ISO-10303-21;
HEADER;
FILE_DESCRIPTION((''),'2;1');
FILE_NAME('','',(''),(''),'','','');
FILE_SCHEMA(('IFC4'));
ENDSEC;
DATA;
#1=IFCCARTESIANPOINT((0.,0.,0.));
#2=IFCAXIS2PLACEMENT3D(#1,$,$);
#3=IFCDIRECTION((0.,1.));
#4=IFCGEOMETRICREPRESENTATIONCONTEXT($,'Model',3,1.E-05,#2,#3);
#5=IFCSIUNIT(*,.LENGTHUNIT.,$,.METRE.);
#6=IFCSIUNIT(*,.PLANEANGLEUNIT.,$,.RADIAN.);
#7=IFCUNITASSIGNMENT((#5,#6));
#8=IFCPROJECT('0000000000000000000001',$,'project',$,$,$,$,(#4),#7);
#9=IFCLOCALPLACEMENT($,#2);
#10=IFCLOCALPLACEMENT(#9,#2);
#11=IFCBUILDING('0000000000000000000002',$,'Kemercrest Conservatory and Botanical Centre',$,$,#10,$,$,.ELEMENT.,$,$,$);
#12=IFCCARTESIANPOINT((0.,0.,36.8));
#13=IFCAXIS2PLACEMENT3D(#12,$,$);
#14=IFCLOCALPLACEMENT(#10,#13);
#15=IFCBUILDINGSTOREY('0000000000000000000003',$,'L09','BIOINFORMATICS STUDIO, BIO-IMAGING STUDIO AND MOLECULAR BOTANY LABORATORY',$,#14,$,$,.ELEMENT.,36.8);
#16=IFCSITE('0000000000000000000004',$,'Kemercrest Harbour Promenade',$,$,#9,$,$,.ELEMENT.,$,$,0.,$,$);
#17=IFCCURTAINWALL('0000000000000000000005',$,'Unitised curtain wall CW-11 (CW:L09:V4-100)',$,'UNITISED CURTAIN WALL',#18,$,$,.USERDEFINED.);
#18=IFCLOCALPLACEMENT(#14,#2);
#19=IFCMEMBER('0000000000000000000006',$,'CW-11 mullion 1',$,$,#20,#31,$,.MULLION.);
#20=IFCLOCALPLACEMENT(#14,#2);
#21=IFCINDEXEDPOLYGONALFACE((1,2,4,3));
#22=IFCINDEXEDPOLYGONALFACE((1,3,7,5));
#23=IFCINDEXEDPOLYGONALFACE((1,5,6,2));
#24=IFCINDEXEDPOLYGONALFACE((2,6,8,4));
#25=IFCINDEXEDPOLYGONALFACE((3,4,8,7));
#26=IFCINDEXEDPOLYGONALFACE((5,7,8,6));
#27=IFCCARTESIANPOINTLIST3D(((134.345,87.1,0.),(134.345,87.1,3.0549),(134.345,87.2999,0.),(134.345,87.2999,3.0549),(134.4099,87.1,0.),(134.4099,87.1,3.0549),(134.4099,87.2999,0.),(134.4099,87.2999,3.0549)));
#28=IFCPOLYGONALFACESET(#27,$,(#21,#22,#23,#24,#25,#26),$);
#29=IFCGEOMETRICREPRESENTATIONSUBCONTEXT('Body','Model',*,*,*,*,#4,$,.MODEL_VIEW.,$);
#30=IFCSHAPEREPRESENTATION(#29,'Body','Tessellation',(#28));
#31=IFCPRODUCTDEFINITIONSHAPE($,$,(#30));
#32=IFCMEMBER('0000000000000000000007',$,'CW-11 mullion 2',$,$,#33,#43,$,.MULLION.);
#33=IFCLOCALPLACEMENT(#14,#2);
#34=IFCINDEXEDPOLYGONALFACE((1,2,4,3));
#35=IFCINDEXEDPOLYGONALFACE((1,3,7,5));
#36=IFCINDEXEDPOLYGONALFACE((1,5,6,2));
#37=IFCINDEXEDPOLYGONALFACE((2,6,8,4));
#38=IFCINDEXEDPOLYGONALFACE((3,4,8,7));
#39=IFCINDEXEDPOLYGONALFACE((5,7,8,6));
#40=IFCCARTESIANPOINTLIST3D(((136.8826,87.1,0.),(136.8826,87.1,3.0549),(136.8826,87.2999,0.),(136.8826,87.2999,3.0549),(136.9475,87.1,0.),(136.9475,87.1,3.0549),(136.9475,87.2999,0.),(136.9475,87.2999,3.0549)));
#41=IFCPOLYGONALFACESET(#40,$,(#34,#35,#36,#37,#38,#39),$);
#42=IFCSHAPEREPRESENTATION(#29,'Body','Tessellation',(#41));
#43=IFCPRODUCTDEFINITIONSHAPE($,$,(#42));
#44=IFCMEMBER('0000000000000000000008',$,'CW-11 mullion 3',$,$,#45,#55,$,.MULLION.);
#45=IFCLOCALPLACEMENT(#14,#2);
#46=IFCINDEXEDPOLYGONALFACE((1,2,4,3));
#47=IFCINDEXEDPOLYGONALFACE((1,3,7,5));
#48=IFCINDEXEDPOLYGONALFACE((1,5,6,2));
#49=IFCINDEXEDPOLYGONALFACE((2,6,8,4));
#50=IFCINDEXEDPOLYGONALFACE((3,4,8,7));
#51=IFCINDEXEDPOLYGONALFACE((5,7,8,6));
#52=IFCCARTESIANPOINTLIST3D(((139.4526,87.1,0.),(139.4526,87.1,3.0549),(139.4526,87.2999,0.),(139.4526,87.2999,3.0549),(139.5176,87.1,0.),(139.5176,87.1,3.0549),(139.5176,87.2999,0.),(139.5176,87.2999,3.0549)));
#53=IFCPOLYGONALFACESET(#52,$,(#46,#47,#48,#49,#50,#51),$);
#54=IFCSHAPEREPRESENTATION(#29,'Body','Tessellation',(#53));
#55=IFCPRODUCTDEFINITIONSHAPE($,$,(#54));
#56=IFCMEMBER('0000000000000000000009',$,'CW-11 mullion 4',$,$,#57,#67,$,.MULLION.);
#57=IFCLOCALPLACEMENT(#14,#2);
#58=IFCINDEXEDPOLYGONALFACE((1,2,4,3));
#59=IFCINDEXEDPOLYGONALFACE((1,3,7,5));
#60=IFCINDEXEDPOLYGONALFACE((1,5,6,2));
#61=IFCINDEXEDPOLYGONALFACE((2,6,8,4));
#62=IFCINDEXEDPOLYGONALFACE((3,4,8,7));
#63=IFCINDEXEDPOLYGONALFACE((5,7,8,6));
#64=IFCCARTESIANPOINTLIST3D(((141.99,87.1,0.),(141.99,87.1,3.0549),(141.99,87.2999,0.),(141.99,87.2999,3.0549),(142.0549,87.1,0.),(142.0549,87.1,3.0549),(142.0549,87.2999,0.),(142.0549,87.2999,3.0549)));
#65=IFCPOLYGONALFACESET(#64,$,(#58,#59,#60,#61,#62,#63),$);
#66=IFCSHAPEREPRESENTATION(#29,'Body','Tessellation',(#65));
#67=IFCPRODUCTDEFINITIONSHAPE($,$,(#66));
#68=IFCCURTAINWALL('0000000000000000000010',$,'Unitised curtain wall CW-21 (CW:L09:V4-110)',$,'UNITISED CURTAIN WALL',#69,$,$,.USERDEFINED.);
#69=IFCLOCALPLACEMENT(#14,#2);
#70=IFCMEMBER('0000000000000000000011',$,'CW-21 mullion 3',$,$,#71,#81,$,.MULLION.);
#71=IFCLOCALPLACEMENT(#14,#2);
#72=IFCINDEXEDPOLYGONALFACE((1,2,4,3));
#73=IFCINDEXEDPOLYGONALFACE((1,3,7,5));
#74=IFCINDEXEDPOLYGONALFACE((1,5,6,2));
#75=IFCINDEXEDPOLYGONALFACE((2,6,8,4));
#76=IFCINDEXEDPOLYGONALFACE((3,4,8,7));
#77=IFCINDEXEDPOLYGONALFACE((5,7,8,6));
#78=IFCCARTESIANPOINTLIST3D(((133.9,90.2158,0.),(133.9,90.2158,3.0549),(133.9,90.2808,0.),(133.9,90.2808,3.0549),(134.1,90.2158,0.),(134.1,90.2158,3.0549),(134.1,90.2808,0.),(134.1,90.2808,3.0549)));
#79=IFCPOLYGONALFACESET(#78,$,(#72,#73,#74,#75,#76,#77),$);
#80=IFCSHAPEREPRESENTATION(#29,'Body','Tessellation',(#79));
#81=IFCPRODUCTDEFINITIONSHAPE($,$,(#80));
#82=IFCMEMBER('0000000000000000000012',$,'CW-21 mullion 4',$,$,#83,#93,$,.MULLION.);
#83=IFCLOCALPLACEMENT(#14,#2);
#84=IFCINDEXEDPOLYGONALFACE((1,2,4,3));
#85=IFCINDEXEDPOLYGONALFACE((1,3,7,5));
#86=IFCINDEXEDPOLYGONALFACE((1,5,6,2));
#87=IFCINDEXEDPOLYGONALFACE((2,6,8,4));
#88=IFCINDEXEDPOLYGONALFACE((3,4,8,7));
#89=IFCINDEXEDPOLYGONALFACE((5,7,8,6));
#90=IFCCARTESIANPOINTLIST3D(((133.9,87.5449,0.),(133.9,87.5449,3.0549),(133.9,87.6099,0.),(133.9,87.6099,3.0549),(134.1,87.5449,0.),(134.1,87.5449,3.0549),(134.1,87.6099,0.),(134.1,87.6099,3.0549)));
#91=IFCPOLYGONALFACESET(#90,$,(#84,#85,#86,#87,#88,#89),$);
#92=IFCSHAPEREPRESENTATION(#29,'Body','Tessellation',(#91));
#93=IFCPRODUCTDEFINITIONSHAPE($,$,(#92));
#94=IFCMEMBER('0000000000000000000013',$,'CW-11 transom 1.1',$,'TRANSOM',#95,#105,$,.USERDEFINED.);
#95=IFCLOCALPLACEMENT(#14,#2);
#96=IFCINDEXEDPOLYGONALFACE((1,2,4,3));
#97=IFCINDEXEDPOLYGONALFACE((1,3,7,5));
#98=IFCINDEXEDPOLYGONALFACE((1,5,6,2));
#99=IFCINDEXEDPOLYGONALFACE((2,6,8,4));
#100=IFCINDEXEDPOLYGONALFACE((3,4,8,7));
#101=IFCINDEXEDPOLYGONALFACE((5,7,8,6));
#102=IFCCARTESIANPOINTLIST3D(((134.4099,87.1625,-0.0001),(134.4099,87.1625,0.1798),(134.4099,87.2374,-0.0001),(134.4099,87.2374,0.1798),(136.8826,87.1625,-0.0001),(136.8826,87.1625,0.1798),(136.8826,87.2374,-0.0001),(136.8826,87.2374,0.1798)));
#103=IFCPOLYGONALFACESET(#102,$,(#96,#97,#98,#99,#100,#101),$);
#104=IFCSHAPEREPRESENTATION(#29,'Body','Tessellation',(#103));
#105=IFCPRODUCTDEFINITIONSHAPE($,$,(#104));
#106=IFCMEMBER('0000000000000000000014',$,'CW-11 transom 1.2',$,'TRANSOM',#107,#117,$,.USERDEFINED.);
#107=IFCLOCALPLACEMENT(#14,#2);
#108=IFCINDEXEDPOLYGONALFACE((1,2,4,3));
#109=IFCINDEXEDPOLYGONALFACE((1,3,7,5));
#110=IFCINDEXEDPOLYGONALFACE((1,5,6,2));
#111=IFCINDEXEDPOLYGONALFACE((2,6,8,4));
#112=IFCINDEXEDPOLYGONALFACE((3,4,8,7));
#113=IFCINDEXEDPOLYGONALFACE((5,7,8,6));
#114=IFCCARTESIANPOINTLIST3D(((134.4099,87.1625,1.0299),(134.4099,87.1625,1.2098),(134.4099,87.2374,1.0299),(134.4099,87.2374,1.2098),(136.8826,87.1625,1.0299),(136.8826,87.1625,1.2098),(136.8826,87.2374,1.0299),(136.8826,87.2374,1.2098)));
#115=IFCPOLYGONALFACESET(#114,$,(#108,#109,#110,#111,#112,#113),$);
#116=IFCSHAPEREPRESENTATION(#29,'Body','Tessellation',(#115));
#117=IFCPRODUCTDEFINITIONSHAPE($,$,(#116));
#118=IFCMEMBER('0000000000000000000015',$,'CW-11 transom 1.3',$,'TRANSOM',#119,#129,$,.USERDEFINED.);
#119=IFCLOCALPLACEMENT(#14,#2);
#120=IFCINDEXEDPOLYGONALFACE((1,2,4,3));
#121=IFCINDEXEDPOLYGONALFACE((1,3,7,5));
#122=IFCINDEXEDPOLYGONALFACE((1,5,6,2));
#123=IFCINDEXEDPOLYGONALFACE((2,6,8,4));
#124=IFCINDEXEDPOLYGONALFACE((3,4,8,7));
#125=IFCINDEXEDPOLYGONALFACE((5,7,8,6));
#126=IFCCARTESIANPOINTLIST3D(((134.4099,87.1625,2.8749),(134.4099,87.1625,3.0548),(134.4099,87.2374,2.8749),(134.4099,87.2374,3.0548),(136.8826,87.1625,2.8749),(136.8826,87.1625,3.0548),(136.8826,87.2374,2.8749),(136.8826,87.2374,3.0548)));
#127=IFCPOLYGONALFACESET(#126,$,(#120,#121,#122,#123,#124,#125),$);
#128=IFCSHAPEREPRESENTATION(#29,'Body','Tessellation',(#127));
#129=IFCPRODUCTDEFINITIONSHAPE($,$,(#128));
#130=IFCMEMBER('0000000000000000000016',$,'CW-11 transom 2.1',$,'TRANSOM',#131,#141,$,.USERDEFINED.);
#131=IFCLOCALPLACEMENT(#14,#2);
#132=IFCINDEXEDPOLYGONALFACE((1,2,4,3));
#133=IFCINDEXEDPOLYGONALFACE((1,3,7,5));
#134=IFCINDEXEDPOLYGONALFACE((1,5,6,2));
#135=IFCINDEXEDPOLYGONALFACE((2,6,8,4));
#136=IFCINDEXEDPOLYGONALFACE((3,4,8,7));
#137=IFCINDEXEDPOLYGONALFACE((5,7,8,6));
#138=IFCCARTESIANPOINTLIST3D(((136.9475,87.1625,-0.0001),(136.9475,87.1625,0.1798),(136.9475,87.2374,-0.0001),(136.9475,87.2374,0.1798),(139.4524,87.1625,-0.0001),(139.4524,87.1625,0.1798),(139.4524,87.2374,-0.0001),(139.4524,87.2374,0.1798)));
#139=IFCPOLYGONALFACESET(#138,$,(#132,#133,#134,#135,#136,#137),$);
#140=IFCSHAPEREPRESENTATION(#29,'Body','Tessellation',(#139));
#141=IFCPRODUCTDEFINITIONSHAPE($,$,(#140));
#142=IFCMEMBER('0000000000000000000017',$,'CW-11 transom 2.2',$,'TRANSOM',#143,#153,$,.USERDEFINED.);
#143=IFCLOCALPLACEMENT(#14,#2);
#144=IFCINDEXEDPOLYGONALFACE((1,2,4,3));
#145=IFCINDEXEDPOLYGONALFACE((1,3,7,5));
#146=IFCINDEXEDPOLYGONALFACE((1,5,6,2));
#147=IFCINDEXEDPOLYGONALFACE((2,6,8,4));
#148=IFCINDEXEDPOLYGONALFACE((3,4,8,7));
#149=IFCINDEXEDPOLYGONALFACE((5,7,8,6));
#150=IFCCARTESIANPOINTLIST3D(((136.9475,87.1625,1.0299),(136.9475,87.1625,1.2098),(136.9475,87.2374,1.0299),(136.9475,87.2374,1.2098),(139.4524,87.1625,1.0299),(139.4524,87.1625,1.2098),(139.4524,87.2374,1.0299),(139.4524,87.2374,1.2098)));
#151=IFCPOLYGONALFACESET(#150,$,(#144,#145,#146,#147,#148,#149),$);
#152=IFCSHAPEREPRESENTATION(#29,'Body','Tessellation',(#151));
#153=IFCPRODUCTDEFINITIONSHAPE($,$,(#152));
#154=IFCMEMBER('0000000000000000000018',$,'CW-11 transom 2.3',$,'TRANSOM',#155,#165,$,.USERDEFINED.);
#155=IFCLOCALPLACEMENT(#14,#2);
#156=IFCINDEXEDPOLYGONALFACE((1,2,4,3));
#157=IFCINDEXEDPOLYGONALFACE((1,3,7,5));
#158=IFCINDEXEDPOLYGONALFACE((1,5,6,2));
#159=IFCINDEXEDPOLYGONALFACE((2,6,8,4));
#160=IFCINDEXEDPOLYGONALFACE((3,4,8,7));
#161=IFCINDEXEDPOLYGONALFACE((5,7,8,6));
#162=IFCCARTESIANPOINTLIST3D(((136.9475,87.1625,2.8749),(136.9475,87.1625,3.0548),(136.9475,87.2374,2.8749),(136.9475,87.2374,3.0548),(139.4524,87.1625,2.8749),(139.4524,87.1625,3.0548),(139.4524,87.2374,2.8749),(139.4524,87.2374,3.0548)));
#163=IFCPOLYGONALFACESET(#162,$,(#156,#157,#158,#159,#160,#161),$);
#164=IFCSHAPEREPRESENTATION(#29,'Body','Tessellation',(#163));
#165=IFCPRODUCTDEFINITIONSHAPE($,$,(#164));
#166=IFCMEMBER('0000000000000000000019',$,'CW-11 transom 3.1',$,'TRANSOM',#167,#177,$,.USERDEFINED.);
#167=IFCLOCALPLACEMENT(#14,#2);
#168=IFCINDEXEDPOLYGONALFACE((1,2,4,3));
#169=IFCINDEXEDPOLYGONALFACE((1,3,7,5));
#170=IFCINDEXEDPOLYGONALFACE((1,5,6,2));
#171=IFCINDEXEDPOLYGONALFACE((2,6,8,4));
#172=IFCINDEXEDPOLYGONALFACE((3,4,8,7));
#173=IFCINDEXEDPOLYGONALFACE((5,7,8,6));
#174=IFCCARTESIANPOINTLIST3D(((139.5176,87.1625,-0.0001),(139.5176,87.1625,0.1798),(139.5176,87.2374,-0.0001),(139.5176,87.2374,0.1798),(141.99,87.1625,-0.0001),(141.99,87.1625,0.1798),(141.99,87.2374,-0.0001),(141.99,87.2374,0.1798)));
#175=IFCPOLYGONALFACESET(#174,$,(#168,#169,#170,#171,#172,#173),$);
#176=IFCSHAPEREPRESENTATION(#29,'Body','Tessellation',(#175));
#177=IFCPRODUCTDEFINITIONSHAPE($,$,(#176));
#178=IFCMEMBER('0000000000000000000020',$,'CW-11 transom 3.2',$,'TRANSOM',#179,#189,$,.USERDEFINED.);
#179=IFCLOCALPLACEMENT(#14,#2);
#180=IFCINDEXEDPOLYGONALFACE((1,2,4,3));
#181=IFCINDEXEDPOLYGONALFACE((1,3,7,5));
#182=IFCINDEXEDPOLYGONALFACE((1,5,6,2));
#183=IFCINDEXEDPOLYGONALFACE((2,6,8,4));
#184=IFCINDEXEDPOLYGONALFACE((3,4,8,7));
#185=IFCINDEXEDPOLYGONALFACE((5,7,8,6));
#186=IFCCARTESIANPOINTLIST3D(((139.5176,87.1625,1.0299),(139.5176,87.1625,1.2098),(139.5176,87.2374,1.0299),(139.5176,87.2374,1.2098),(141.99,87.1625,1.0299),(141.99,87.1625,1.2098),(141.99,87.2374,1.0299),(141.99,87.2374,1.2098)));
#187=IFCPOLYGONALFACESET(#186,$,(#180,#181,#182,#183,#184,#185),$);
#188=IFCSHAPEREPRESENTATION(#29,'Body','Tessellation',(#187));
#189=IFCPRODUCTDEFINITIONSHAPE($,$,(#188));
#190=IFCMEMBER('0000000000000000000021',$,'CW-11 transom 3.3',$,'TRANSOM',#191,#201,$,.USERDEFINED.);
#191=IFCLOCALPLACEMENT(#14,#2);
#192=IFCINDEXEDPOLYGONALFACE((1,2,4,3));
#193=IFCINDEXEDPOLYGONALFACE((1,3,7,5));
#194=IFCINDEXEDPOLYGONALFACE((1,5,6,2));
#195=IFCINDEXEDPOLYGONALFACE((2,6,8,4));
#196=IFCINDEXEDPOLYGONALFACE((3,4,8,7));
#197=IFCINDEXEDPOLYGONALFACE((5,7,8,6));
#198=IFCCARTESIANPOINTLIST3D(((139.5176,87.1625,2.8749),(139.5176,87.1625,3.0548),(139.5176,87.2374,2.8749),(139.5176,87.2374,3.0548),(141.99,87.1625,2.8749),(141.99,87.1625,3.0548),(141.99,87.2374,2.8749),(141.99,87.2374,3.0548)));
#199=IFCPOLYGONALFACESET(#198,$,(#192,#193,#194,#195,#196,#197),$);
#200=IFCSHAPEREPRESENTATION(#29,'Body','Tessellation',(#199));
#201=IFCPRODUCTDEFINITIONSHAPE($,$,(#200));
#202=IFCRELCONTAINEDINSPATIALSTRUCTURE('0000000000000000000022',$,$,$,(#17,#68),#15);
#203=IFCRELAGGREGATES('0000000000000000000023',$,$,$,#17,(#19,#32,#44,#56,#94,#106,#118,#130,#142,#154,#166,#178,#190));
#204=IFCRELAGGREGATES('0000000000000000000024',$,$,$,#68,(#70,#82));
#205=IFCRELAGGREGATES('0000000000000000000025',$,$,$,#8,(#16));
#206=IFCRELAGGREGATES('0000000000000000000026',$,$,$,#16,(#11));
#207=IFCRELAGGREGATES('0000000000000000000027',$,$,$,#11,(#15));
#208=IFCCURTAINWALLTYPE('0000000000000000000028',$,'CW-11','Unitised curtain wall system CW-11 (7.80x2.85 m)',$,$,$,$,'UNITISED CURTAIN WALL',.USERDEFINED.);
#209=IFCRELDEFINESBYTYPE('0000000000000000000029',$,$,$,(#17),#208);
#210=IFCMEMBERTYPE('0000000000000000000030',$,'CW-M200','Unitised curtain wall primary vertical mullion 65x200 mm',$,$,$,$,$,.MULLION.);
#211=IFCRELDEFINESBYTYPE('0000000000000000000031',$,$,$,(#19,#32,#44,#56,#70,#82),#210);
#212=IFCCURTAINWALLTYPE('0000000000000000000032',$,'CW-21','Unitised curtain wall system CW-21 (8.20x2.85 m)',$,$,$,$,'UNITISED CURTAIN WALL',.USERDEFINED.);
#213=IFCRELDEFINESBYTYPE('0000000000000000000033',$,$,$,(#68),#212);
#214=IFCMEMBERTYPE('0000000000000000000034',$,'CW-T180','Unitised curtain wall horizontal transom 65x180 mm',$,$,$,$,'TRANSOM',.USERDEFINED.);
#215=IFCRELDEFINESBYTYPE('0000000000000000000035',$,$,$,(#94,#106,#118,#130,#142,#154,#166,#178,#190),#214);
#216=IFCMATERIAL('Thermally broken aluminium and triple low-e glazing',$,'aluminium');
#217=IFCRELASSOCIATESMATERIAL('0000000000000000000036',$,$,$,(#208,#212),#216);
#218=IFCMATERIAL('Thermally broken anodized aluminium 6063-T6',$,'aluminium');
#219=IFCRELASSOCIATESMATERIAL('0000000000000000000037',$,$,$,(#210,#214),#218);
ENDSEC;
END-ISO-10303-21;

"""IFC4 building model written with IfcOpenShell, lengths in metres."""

from ifc_helpers import new_model, si_unit, direction, frame, origin, origin_2d, place, context, subcontext, project, spatial, rectangle, extrude, material, material_profile, profile_set, type_object, element, aggregate, save


model = new_model("IFC4")

# Units and contexts
model_context = context("Model", 3, precision=1e-05, world=origin(), true_north=direction((0.0, 1.0)))
body_context = subcontext(model_context, "Body", "Model", "MODEL_VIEW")
ifc_project = project(units=[si_unit("LENGTHUNIT", "METRE"), si_unit("PLANEANGLEUNIT", "RADIAN")], contexts=[model_context])

# Site, building, storey
site_placement = place(None, origin())
site = spatial("IfcSite", under=ifc_project, at=site_placement, Name="Kemercrest Harbour Promenade", CompositionType="ELEMENT", RefElevation=0.0)
building_placement = place(site_placement, origin())
building = spatial("IfcBuilding", under=site, at=building_placement, Name="Kemercrest Conservatory and Botanical Centre", CompositionType="ELEMENT")
storey_placement = place(building_placement, frame((0.0, 0.0, 36.8)))
storey = spatial("IfcBuildingStorey", under=building, at=storey_placement, Name="L09", Description="BIOINFORMATICS STUDIO, BIO-IMAGING STUDIO AND MOLECULAR BOTANY LABORATORY", CompositionType="ELEMENT", Elevation=36.8)

# Curtain walls, members
ifc_material_1 = material(Name="Thermally broken aluminium and triple low-e glazing", Category="aluminium")
curtain_wall_type_1 = type_object("IfcCurtainWallType", Name="CW-11", Description="Unitised curtain wall system CW-11 (7.80x2.85 m)", ElementType="UNITISED CURTAIN WALL", PredefinedType="USERDEFINED", material=ifc_material_1)
curtain_wall_1_placement = place(storey_placement, origin())
curtain_wall_1 = element("IfcCurtainWall", 1, at=curtain_wall_1_placement, inside=storey, type_object=curtain_wall_type_1, Name="Unitised curtain wall CW-11 (CW:L09:V4-100)", ObjectType="UNITISED CURTAIN WALL", PredefinedType="USERDEFINED")
ifc_material_2 = material(Name="Thermally broken anodized aluminium 6063-T6", Category="aluminium")
ifc_material_profile_1 = material_profile(ifc_material_2, rectangle(XDim=0.2, YDim=0.0649, at=origin_2d()), Name="AL MULLION 65x200")
ifc_profile_set_1 = profile_set([ifc_material_profile_1], Name="Thermally broken anodized aluminium 6063-T6")
member_type_1 = type_object("IfcMemberType", Name="CW-M200", Description="Unitised curtain wall primary vertical mullion 65x200 mm", PredefinedType="MULLION", material=ifc_profile_set_1)
member_1_placement = place(storey_placement, frame((134.3774, 87.2, 0.0), z_axis=(0.0, 0.0, 1.0), x_axis=(0.0, 1.0, 0.0)))
member_1 = element("IfcMember", 2, at=member_1_placement, type_object=member_type_1, Name="CW-11 mullion 1", PredefinedType="MULLION", context=body_context, shape_type="SweptSolid", body=[
    extrude(rectangle(XDim=0.2, YDim=0.0649, at=origin_2d()), origin(), (0.0, 0.0, 1.0), 3.0549),
])
member_2_placement = place(storey_placement, frame((136.915, 87.2, 0.0), z_axis=(0.0, 0.0, 1.0), x_axis=(0.0, 1.0, 0.0)))
member_2 = element("IfcMember", 3, at=member_2_placement, type_object=member_type_1, Name="CW-11 mullion 2", PredefinedType="MULLION", context=body_context, shape_type="SweptSolid", body=[
    extrude(rectangle(XDim=0.2, YDim=0.0649, at=origin_2d()), origin(), (0.0, 0.0, 1.0), 3.0549),
])
member_3_placement = place(storey_placement, frame((139.4851, 87.2, 0.0), z_axis=(0.0, 0.0, 1.0), x_axis=(0.0, 1.0, 0.0)))
member_3 = element("IfcMember", 4, at=member_3_placement, type_object=member_type_1, Name="CW-11 mullion 3", PredefinedType="MULLION", context=body_context, shape_type="SweptSolid", body=[
    extrude(rectangle(XDim=0.2, YDim=0.0649, at=origin_2d()), origin(), (0.0, 0.0, 1.0), 3.0549),
])
member_4_placement = place(storey_placement, frame((142.0225, 87.2, 0.0), z_axis=(0.0, 0.0, 1.0), x_axis=(0.0, 1.0, 0.0)))
member_4 = element("IfcMember", 5, at=member_4_placement, type_object=member_type_1, Name="CW-11 mullion 4", PredefinedType="MULLION", context=body_context, shape_type="SweptSolid", body=[
    extrude(rectangle(XDim=0.2, YDim=0.0649, at=origin_2d()), origin(), (0.0, 0.0, 1.0), 3.0549),
])
curtain_wall_type_2 = type_object("IfcCurtainWallType", Name="CW-21", Description="Unitised curtain wall system CW-21 (8.20x2.85 m)", ElementType="UNITISED CURTAIN WALL", PredefinedType="USERDEFINED", material=ifc_material_1)
curtain_wall_2_placement = place(storey_placement, origin())
curtain_wall_2 = element("IfcCurtainWall", 6, at=curtain_wall_2_placement, inside=storey, type_object=curtain_wall_type_2, Name="Unitised curtain wall CW-21 (CW:L09:V4-110)", ObjectType="UNITISED CURTAIN WALL", PredefinedType="USERDEFINED")
member_5_placement = place(storey_placement, frame((134.0, 90.2483, 0.0), z_axis=(0.0, 0.0, 1.0), x_axis=(1.0, 0.0, 0.0)))
member_5 = element("IfcMember", 7, at=member_5_placement, type_object=member_type_1, Name="CW-21 mullion 3", PredefinedType="MULLION", context=body_context, shape_type="SweptSolid", body=[
    extrude(rectangle(XDim=0.2, YDim=0.0649, at=origin_2d()), origin(), (0.0, 0.0, 1.0), 3.0549),
])
member_6_placement = place(storey_placement, frame((134.0, 87.5774, 0.0), z_axis=(0.0, 0.0, 1.0), x_axis=(1.0, 0.0, 0.0)))
member_6 = element("IfcMember", 8, at=member_6_placement, type_object=member_type_1, Name="CW-21 mullion 4", PredefinedType="MULLION", context=body_context, shape_type="SweptSolid", body=[
    extrude(rectangle(XDim=0.2, YDim=0.0649, at=origin_2d()), origin(), (0.0, 0.0, 1.0), 3.0549),
])

# Members
ifc_material_profile_2 = material_profile(ifc_material_2, rectangle(XDim=0.075, YDim=0.1799, at=origin_2d()), Name="AL TRANSOM 75x180")
ifc_profile_set_2 = profile_set([ifc_material_profile_2], Name="Thermally broken anodized aluminium 6063-T6")
member_type_2 = type_object("IfcMemberType", Name="CW-T180", Description="Unitised curtain wall horizontal transom 65x180 mm", ElementType="TRANSOM", PredefinedType="USERDEFINED", material=ifc_profile_set_2)
member_7_placement = place(storey_placement, frame((134.4099, 87.2, 0.0898), z_axis=(1.0, 0.0, 0.0), x_axis=(0.0, 1.0, 0.0)))
member_7 = element("IfcMember", 9, at=member_7_placement, type_object=member_type_2, Name="CW-11 transom 1.1", ObjectType="TRANSOM", PredefinedType="USERDEFINED", context=body_context, shape_type="SweptSolid", body=[
    extrude(rectangle(XDim=0.075, YDim=0.1799, at=origin_2d()), origin(), (0.0, 0.0, 1.0), 2.4727),
])
member_8_placement = place(storey_placement, frame((134.4099, 87.2, 1.1199), z_axis=(1.0, 0.0, 0.0), x_axis=(0.0, 1.0, 0.0)))
member_8 = element("IfcMember", 10, at=member_8_placement, type_object=member_type_2, Name="CW-11 transom 1.2", ObjectType="TRANSOM", PredefinedType="USERDEFINED", context=body_context, shape_type="SweptSolid", body=[
    extrude(rectangle(XDim=0.075, YDim=0.1799, at=origin_2d()), origin(), (0.0, 0.0, 1.0), 2.4727),
])
member_9_placement = place(storey_placement, frame((134.4099, 87.2, 2.9648), z_axis=(1.0, 0.0, 0.0), x_axis=(0.0, 1.0, 0.0)))
member_9 = element("IfcMember", 11, at=member_9_placement, type_object=member_type_2, Name="CW-11 transom 1.3", ObjectType="TRANSOM", PredefinedType="USERDEFINED", context=body_context, shape_type="SweptSolid", body=[
    extrude(rectangle(XDim=0.075, YDim=0.1799, at=origin_2d()), origin(), (0.0, 0.0, 1.0), 2.4727),
])
member_10_placement = place(storey_placement, frame((136.9475, 87.2, 0.0898), z_axis=(1.0, 0.0, 0.0), x_axis=(0.0, 1.0, 0.0)))
member_10 = element("IfcMember", 12, at=member_10_placement, type_object=member_type_2, Name="CW-11 transom 2.1", ObjectType="TRANSOM", PredefinedType="USERDEFINED", context=body_context, shape_type="SweptSolid", body=[
    extrude(rectangle(XDim=0.075, YDim=0.1799, at=origin_2d()), origin(), (0.0, 0.0, 1.0), 2.5049),
])
member_11_placement = place(storey_placement, frame((136.9475, 87.2, 1.1199), z_axis=(1.0, 0.0, 0.0), x_axis=(0.0, 1.0, 0.0)))
member_11 = element("IfcMember", 13, at=member_11_placement, type_object=member_type_2, Name="CW-11 transom 2.2", ObjectType="TRANSOM", PredefinedType="USERDEFINED", context=body_context, shape_type="SweptSolid", body=[
    extrude(rectangle(XDim=0.075, YDim=0.1799, at=origin_2d()), origin(), (0.0, 0.0, 1.0), 2.5049),
])
member_12_placement = place(storey_placement, frame((136.9475, 87.2, 2.9648), z_axis=(1.0, 0.0, 0.0), x_axis=(0.0, 1.0, 0.0)))
member_12 = element("IfcMember", 14, at=member_12_placement, type_object=member_type_2, Name="CW-11 transom 2.3", ObjectType="TRANSOM", PredefinedType="USERDEFINED", context=body_context, shape_type="SweptSolid", body=[
    extrude(rectangle(XDim=0.075, YDim=0.1799, at=origin_2d()), origin(), (0.0, 0.0, 1.0), 2.5049),
])
member_13_placement = place(storey_placement, frame((139.5176, 87.2, 0.0898), z_axis=(1.0, 0.0, 0.0), x_axis=(0.0, 1.0, 0.0)))
member_13 = element("IfcMember", 15, at=member_13_placement, type_object=member_type_2, Name="CW-11 transom 3.1", ObjectType="TRANSOM", PredefinedType="USERDEFINED", context=body_context, shape_type="SweptSolid", body=[
    extrude(rectangle(XDim=0.075, YDim=0.1799, at=origin_2d()), origin(), (0.0, 0.0, 1.0), 2.4724),
])
member_14_placement = place(storey_placement, frame((139.5176, 87.2, 1.1199), z_axis=(1.0, 0.0, 0.0), x_axis=(0.0, 1.0, 0.0)))
member_14 = element("IfcMember", 16, at=member_14_placement, type_object=member_type_2, Name="CW-11 transom 3.2", ObjectType="TRANSOM", PredefinedType="USERDEFINED", context=body_context, shape_type="SweptSolid", body=[
    extrude(rectangle(XDim=0.075, YDim=0.1799, at=origin_2d()), origin(), (0.0, 0.0, 1.0), 2.4724),
])
member_15_placement = place(storey_placement, frame((139.5176, 87.2, 2.9648), z_axis=(1.0, 0.0, 0.0), x_axis=(0.0, 1.0, 0.0)))
member_15 = element("IfcMember", 17, at=member_15_placement, type_object=member_type_2, Name="CW-11 transom 3.3", ObjectType="TRANSOM", PredefinedType="USERDEFINED", context=body_context, shape_type="SweptSolid", body=[
    extrude(rectangle(XDim=0.075, YDim=0.1799, at=origin_2d()), origin(), (0.0, 0.0, 1.0), 2.4724),
])

aggregate(curtain_wall_1, [member_1, member_2, member_3, member_4, member_7, member_8, member_9, member_10, member_11, member_12, member_13, member_14, member_15])
aggregate(curtain_wall_2, [member_5, member_6])

save(model, "model.ifc")
